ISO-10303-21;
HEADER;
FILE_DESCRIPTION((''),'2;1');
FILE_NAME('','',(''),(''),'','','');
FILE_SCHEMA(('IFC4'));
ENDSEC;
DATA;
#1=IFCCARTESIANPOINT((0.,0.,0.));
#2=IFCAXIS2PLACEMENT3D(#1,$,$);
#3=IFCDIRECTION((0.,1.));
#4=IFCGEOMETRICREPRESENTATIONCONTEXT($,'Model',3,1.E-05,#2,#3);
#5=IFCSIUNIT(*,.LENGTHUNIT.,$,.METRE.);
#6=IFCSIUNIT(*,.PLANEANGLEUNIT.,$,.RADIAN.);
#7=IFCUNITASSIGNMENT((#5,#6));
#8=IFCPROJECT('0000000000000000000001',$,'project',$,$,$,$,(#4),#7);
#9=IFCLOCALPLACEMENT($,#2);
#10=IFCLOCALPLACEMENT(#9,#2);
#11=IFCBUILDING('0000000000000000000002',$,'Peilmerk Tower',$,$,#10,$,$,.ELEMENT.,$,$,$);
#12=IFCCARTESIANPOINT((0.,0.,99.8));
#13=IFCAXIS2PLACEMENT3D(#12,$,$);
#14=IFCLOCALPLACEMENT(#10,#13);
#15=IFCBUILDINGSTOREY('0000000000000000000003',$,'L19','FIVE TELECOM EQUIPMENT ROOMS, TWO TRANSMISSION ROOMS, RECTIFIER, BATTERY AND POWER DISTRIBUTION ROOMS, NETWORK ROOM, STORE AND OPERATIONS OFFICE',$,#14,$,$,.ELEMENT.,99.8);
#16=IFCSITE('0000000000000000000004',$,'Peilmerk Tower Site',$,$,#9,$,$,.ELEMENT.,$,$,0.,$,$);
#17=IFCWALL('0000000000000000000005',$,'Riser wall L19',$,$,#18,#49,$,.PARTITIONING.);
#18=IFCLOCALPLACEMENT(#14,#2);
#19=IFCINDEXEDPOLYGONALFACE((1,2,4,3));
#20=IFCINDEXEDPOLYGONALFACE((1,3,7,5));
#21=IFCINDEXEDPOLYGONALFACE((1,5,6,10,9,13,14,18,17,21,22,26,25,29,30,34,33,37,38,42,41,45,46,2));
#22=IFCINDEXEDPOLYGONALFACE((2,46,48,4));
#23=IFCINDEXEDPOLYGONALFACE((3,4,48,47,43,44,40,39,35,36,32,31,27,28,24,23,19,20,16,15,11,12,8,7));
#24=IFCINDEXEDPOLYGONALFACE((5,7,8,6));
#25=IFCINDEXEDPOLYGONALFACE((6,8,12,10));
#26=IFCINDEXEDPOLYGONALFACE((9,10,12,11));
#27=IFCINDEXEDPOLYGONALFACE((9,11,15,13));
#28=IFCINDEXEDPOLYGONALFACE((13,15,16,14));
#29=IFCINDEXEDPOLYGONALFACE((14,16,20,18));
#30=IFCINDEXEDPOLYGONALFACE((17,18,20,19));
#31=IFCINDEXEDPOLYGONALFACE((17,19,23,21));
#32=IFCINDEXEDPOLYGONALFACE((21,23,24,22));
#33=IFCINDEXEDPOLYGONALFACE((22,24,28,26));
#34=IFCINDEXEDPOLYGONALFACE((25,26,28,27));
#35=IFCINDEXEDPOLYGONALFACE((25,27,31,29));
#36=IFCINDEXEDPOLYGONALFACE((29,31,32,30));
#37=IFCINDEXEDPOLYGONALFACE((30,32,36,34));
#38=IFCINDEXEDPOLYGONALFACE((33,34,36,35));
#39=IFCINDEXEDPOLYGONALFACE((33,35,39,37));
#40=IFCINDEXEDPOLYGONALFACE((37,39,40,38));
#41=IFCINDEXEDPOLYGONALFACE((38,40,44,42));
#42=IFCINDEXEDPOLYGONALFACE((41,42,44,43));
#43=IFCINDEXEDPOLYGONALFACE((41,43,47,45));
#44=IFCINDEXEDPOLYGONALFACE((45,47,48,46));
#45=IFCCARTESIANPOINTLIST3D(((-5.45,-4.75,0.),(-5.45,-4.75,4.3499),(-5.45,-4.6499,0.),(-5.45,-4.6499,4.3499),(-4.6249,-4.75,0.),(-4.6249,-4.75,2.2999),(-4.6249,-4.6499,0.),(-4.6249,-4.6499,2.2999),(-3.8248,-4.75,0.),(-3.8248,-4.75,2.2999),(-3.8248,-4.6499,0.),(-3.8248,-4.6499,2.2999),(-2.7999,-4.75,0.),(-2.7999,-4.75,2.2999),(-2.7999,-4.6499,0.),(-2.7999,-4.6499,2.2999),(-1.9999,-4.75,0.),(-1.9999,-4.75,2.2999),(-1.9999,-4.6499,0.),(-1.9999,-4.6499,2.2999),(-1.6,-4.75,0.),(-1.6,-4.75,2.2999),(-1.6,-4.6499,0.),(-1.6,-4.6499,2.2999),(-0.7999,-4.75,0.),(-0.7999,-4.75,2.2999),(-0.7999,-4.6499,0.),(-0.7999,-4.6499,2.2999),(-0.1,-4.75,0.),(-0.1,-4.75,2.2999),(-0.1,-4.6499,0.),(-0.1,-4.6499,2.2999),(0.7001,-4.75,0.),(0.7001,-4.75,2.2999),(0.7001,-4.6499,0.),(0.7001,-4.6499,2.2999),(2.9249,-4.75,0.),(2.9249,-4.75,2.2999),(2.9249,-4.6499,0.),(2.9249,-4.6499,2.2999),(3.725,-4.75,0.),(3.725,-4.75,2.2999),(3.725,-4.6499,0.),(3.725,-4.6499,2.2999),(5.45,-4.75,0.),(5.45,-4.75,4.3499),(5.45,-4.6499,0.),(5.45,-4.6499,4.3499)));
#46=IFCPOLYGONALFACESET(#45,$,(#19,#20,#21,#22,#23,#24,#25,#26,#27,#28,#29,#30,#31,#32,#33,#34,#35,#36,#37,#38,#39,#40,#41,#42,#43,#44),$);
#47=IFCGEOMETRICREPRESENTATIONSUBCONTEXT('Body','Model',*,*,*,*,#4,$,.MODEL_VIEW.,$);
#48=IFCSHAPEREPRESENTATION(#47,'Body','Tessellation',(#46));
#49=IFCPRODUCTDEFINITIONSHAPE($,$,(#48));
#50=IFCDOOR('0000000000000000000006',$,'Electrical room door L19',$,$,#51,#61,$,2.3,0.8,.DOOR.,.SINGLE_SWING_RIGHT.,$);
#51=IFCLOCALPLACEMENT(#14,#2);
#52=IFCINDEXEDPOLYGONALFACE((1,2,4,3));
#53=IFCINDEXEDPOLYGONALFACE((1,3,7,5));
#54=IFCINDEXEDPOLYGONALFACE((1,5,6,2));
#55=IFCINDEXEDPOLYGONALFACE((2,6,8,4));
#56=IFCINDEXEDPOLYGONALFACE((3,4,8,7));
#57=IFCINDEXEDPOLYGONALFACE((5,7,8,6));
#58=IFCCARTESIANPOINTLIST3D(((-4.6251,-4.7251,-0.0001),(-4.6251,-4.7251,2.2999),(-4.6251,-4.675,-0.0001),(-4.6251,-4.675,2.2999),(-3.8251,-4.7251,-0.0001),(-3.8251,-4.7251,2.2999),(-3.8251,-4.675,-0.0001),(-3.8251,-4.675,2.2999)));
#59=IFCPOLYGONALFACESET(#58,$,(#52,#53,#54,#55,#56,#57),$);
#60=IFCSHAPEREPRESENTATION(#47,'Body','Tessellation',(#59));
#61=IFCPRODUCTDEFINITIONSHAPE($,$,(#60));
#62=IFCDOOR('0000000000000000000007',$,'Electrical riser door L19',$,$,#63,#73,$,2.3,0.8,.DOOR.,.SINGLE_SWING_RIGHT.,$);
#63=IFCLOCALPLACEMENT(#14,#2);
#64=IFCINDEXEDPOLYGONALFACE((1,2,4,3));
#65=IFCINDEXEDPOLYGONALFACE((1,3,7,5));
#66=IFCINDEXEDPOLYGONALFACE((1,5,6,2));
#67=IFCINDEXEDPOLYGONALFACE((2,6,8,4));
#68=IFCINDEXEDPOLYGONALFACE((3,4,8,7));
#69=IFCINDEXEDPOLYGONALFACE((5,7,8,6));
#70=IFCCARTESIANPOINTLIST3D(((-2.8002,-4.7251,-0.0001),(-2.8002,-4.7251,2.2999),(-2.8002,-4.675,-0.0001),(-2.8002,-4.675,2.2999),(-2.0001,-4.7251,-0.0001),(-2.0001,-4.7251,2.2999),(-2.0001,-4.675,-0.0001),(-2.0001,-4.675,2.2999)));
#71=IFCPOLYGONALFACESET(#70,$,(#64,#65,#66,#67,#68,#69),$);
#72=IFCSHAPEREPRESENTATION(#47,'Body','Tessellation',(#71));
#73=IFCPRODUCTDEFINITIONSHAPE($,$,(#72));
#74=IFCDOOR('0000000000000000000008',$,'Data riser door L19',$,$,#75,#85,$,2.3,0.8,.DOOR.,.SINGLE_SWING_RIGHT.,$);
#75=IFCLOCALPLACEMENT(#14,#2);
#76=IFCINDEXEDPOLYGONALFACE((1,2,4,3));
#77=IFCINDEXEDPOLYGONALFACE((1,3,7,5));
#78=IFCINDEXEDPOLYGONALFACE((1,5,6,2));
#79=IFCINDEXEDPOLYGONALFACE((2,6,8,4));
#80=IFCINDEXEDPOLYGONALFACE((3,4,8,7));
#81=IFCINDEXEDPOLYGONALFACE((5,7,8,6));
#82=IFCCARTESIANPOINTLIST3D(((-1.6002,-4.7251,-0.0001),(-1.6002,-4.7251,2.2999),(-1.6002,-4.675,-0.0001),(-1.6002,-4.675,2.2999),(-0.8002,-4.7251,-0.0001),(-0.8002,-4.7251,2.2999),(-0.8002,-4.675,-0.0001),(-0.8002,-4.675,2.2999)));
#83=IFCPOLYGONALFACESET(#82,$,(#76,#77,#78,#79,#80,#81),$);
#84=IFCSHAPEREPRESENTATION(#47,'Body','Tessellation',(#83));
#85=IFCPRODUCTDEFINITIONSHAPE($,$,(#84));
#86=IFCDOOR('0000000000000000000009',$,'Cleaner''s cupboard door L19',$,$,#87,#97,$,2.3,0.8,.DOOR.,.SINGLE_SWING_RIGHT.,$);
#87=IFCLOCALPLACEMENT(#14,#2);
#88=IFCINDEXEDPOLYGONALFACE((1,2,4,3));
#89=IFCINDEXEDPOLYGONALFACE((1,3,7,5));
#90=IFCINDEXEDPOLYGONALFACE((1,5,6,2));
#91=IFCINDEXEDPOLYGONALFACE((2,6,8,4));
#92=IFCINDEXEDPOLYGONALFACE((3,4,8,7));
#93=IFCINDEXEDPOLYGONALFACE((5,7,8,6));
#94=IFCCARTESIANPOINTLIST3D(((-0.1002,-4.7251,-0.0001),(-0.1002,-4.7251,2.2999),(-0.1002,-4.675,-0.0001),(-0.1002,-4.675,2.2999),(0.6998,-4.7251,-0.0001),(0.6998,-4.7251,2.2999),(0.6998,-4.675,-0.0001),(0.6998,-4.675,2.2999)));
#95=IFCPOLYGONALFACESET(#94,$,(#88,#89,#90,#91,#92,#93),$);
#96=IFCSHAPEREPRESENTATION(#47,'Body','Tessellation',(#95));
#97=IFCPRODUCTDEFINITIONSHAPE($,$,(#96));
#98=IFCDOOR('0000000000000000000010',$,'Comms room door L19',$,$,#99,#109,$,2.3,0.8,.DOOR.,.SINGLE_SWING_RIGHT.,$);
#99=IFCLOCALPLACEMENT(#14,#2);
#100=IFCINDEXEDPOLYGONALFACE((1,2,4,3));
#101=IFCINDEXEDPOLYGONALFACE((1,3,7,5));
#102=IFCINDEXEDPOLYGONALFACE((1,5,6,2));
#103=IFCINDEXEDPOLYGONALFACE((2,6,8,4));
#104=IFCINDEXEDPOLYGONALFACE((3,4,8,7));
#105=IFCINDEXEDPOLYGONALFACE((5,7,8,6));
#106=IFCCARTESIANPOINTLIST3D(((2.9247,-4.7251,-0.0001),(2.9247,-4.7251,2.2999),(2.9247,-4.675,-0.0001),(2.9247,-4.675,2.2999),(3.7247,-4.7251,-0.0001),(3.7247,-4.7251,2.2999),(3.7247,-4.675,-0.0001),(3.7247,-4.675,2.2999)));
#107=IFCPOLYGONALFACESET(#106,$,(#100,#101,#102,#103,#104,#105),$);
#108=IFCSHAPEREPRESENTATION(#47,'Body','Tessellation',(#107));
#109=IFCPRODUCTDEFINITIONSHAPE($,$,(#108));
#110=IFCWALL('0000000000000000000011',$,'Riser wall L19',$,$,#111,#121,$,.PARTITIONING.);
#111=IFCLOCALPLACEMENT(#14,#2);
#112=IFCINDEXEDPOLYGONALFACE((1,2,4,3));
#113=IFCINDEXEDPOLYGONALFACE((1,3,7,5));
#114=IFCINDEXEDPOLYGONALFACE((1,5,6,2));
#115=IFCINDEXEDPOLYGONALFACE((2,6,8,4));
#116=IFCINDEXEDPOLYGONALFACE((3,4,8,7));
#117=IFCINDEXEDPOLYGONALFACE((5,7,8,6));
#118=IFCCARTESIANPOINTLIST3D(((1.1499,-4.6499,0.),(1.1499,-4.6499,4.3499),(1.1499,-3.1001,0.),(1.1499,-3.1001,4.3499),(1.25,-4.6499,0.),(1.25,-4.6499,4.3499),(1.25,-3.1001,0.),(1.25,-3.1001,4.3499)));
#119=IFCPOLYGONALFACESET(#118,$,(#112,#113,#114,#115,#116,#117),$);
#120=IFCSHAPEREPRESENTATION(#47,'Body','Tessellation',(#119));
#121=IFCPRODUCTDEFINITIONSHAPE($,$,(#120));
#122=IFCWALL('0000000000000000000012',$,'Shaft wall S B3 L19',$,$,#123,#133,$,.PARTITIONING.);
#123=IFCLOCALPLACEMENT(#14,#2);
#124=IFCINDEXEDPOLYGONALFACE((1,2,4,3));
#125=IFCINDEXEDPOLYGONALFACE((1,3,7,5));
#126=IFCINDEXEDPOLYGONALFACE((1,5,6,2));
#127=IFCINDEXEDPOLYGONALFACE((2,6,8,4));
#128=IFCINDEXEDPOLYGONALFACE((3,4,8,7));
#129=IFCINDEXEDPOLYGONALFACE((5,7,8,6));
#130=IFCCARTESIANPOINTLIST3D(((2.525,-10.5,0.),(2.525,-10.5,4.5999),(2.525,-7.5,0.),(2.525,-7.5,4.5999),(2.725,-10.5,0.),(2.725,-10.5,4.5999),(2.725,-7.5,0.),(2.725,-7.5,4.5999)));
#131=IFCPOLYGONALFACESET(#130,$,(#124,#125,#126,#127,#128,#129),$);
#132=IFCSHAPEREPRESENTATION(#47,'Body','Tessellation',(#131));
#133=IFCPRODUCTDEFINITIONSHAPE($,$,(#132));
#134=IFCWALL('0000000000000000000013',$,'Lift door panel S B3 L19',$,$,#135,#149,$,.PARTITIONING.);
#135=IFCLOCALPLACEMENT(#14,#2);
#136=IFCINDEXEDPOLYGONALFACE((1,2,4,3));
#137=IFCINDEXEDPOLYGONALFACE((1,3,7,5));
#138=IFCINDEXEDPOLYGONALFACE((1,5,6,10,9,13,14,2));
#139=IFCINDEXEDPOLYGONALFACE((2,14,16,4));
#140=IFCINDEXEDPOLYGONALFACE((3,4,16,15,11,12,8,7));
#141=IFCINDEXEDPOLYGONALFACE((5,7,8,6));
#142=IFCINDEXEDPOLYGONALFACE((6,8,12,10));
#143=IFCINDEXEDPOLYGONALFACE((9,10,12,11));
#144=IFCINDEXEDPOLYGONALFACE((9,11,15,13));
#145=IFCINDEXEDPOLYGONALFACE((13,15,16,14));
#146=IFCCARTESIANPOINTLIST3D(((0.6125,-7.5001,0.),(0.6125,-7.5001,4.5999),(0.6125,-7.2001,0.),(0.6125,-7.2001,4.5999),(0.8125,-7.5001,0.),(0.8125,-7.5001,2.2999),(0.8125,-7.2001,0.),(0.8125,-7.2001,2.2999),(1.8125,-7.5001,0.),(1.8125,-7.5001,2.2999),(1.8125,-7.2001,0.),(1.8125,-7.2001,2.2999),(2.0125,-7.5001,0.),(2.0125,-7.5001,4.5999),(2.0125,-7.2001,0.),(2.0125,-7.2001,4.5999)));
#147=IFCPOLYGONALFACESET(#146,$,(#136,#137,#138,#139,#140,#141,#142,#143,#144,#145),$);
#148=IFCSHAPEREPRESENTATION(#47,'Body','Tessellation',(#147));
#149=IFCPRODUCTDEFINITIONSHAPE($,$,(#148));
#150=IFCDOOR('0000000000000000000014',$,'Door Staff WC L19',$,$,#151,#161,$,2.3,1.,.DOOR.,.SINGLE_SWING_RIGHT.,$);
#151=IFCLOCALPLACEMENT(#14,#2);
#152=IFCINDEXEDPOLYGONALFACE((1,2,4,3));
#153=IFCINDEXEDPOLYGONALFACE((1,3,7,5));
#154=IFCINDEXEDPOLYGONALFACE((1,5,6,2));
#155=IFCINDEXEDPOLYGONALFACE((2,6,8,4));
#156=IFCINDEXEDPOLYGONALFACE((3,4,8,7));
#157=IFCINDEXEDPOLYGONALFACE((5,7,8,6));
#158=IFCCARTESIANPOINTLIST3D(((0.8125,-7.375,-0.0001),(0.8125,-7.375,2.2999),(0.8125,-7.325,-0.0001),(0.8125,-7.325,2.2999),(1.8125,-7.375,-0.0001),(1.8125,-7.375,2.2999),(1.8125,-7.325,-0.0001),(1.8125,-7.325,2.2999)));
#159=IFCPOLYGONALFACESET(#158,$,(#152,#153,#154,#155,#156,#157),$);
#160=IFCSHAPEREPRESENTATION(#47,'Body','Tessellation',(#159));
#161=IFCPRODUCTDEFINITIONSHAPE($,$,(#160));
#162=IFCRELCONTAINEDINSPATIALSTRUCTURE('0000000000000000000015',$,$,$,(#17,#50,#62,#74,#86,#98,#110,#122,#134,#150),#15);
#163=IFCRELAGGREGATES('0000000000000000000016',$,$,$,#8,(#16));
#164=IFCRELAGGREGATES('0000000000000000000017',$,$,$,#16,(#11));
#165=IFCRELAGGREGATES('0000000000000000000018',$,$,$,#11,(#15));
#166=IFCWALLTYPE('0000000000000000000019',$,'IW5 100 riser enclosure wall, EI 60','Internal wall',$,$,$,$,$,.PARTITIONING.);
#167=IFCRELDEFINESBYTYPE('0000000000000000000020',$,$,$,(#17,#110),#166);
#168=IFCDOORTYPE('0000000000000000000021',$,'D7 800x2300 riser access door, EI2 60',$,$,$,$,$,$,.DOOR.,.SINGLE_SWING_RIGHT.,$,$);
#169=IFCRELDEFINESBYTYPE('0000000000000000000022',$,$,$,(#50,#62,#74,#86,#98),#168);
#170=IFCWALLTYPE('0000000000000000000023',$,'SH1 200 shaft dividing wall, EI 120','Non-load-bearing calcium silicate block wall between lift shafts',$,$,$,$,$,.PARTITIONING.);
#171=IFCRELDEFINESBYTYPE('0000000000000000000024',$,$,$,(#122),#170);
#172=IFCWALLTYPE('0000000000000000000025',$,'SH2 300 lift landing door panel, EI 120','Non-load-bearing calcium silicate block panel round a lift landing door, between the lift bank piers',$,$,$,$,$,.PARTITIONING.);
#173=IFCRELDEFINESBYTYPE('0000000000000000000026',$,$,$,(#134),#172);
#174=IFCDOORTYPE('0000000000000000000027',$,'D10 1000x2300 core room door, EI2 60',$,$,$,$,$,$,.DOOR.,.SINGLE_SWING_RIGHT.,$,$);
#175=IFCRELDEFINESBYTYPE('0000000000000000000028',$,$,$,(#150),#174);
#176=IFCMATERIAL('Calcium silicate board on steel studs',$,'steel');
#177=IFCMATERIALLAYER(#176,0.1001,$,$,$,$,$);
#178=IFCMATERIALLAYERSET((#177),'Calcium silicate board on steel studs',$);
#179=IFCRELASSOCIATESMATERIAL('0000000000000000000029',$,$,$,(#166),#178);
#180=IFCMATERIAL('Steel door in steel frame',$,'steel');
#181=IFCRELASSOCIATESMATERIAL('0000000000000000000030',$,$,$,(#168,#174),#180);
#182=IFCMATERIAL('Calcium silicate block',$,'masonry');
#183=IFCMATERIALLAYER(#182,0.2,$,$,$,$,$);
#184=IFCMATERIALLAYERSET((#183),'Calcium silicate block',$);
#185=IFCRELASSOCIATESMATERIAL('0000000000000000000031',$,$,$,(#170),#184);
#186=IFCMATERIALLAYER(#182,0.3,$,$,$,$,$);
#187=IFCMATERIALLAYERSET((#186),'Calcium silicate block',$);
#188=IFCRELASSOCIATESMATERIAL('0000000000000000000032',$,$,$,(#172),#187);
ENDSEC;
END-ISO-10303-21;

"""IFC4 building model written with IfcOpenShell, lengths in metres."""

from ifc_helpers import new_model, si_unit, direction, frame, frame_2d, origin, place, context, subcontext, project, spatial, rectangle, extrude, material, layer, layer_set, type_object, element, fill, save


model = new_model("IFC4")

# Units and contexts
model_context = context("Model", 3, precision=1e-05, world=origin(), true_north=direction((0.0, 1.0)))
body_context = subcontext(model_context, "Body", "Model", "MODEL_VIEW")
ifc_project = project(units=[si_unit("LENGTHUNIT", "METRE"), si_unit("PLANEANGLEUNIT", "RADIAN")], contexts=[model_context])

# Site, building, storey
site_placement = place(None, origin())
site = spatial("IfcSite", under=ifc_project, at=site_placement, Name="Peilmerk Tower Site", CompositionType="ELEMENT", RefElevation=0.0)
building_placement = place(site_placement, origin())
building = spatial("IfcBuilding", under=site, at=building_placement, Name="Peilmerk Tower", CompositionType="ELEMENT")
storey_placement = place(building_placement, frame((0.0, 0.0, 99.8)))
storey = spatial("IfcBuildingStorey", under=building, at=storey_placement, Name="L19", Description="FIVE TELECOM EQUIPMENT ROOMS, TWO TRANSMISSION ROOMS, RECTIFIER, BATTERY AND POWER DISTRIBUTION ROOMS, NETWORK ROOM, STORE AND OPERATIONS OFFICE", CompositionType="ELEMENT", Elevation=99.8)

# Shared definitions
ifc_material_1 = material(Name="Calcium silicate board on steel studs", Category="steel")
ifc_layer_1 = layer(ifc_material_1, 0.1001)
ifc_layer_set_1 = layer_set([ifc_layer_1], Name="Calcium silicate board on steel studs")
wall_type_1 = type_object("IfcWallType", Name="IW5 100 riser enclosure wall, EI 60", Description="Internal wall", PredefinedType="PARTITIONING", material=ifc_layer_set_1)

# Wall, openings, doors
wall_1_placement = place(storey_placement, frame((5.45, -4.7, 0.0), z_axis=(0.0, 0.0, 1.0), x_axis=(-1.0, 0.0, 0.0)))
wall_1 = element("IfcWall", 1, at=wall_1_placement, inside=storey, type_object=wall_type_1, Name="Riser wall L19", PredefinedType="PARTITIONING", context=body_context, shape_type="SweptSolid", body=[
    extrude(rectangle(XDim=10.8999, YDim=0.1001, at=frame_2d((5.45, 0.0))), origin(), (0.0, 0.0, 1.0), 4.3499),
])
opening_1_placement = place(wall_1_placement, frame((9.2749, 0.0, 0.0)))
opening_1 = element("IfcOpeningElement", 2, at=opening_1_placement, cuts=wall_1, PredefinedType="OPENING", context=body_context, shape_type="SweptSolid", body=[
    extrude(rectangle(XDim=0.8, YDim=2.3, at=frame_2d((0.3999, 1.1499))), frame((0.0, 0.0601, 0.0), z_axis=(0.0, -1.0, 0.0), x_axis=(1.0, 0.0, 0.0)), (0.0, 0.0, 1.0), 0.1201),
])
opening_2_placement = place(wall_1_placement, frame((7.45, 0.0, 0.0)))
opening_2 = element("IfcOpeningElement", 3, at=opening_2_placement, cuts=wall_1, PredefinedType="OPENING", context=body_context, shape_type="SweptSolid", body=[
    extrude(rectangle(XDim=0.8, YDim=2.3, at=frame_2d((0.3999, 1.1499))), frame((0.0, 0.0601, 0.0), z_axis=(0.0, -1.0, 0.0), x_axis=(1.0, 0.0, 0.0)), (0.0, 0.0, 1.0), 0.1201),
])
opening_3_placement = place(wall_1_placement, frame((6.25, 0.0, 0.0)))
opening_3 = element("IfcOpeningElement", 4, at=opening_3_placement, cuts=wall_1, PredefinedType="OPENING", context=body_context, shape_type="SweptSolid", body=[
    extrude(rectangle(XDim=0.8, YDim=2.3, at=frame_2d((0.3999, 1.1499))), frame((0.0, 0.0601, 0.0), z_axis=(0.0, -1.0, 0.0), x_axis=(1.0, 0.0, 0.0)), (0.0, 0.0, 1.0), 0.1201),
])
opening_4_placement = place(wall_1_placement, frame((4.75, 0.0, 0.0)))
opening_4 = element("IfcOpeningElement", 5, at=opening_4_placement, cuts=wall_1, PredefinedType="OPENING", context=body_context, shape_type="SweptSolid", body=[
    extrude(rectangle(XDim=0.8, YDim=2.3, at=frame_2d((0.3999, 1.1499))), frame((0.0, 0.0601, 0.0), z_axis=(0.0, -1.0, 0.0), x_axis=(1.0, 0.0, 0.0)), (0.0, 0.0, 1.0), 0.1201),
])
opening_5_placement = place(wall_1_placement, frame((1.7251, 0.0, 0.0)))
opening_5 = element("IfcOpeningElement", 6, at=opening_5_placement, cuts=wall_1, PredefinedType="OPENING", context=body_context, shape_type="SweptSolid", body=[
    extrude(rectangle(XDim=0.8, YDim=2.3, at=frame_2d((0.3999, 1.1499))), frame((0.0, 0.0601, 0.0), z_axis=(0.0, -1.0, 0.0), x_axis=(1.0, 0.0, 0.0)), (0.0, 0.0, 1.0), 0.1201),
])
ifc_material_2 = material(Name="Steel door in steel frame", Category="steel")
door_type_1 = type_object("IfcDoorType", Name="D7 800x2300 riser access door, EI2 60", OperationType="SINGLE_SWING_RIGHT", PredefinedType="DOOR", material=ifc_material_2)
door_1_placement = place(opening_1_placement, frame((0.8, 0.0, 0.0), z_axis=(0.0, 0.0, 1.0), x_axis=(-1.0, 0.0, 0.0)))
door_1 = element("IfcDoor", 7, at=door_1_placement, inside=storey, type_object=door_type_1, Name="Electrical room door L19", OperationType="SINGLE_SWING_RIGHT", OverallHeight=2.3, OverallWidth=0.8, PredefinedType="DOOR", context=body_context, shape_type="SweptSolid", body=[
    extrude(rectangle(XDim=0.8, YDim=2.3, at=frame_2d((0.3999, 1.1499))), frame((0.0, 0.0249, 0.0), z_axis=(0.0, -1.0, 0.0), x_axis=(1.0, 0.0, 0.0)), (0.0, 0.0, 1.0), 0.05),
])
fill(opening_1, door_1)
door_2_placement = place(opening_2_placement, frame((0.8, 0.0, 0.0), z_axis=(0.0, 0.0, 1.0), x_axis=(-1.0, 0.0, 0.0)))
door_2 = element("IfcDoor", 8, at=door_2_placement, inside=storey, type_object=door_type_1, Name="Electrical riser door L19", OperationType="SINGLE_SWING_RIGHT", OverallHeight=2.3, OverallWidth=0.8, PredefinedType="DOOR", context=body_context, shape_type="SweptSolid", body=[
    extrude(rectangle(XDim=0.8, YDim=2.3, at=frame_2d((0.3999, 1.1499))), frame((0.0, 0.0249, 0.0), z_axis=(0.0, -1.0, 0.0), x_axis=(1.0, 0.0, 0.0)), (0.0, 0.0, 1.0), 0.05),
])
fill(opening_2, door_2)
door_3_placement = place(opening_3_placement, frame((0.8, 0.0, 0.0), z_axis=(0.0, 0.0, 1.0), x_axis=(-1.0, 0.0, 0.0)))
door_3 = element("IfcDoor", 9, at=door_3_placement, inside=storey, type_object=door_type_1, Name="Data riser door L19", OperationType="SINGLE_SWING_RIGHT", OverallHeight=2.3, OverallWidth=0.8, PredefinedType="DOOR", context=body_context, shape_type="SweptSolid", body=[
    extrude(rectangle(XDim=0.8, YDim=2.3, at=frame_2d((0.3999, 1.1499))), frame((0.0, 0.0249, 0.0), z_axis=(0.0, -1.0, 0.0), x_axis=(1.0, 0.0, 0.0)), (0.0, 0.0, 1.0), 0.05),
])
fill(opening_3, door_3)
door_4_placement = place(opening_4_placement, frame((0.8, 0.0, 0.0), z_axis=(0.0, 0.0, 1.0), x_axis=(-1.0, 0.0, 0.0)))
door_4 = element("IfcDoor", 10, at=door_4_placement, inside=storey, type_object=door_type_1, Name="Cleaner's cupboard door L19", OperationType="SINGLE_SWING_RIGHT", OverallHeight=2.3, OverallWidth=0.8, PredefinedType="DOOR", context=body_context, shape_type="SweptSolid", body=[
    extrude(rectangle(XDim=0.8, YDim=2.3, at=frame_2d((0.3999, 1.1499))), frame((0.0, 0.0249, 0.0), z_axis=(0.0, -1.0, 0.0), x_axis=(1.0, 0.0, 0.0)), (0.0, 0.0, 1.0), 0.05),
])
fill(opening_4, door_4)
door_5_placement = place(opening_5_placement, frame((0.8, 0.0, 0.0), z_axis=(0.0, 0.0, 1.0), x_axis=(-1.0, 0.0, 0.0)))
door_5 = element("IfcDoor", 11, at=door_5_placement, inside=storey, type_object=door_type_1, Name="Comms room door L19", OperationType="SINGLE_SWING_RIGHT", OverallHeight=2.3, OverallWidth=0.8, PredefinedType="DOOR", context=body_context, shape_type="SweptSolid", body=[
    extrude(rectangle(XDim=0.8, YDim=2.3, at=frame_2d((0.3999, 1.1499))), frame((0.0, 0.0249, 0.0), z_axis=(0.0, -1.0, 0.0), x_axis=(1.0, 0.0, 0.0)), (0.0, 0.0, 1.0), 0.05),
])
fill(opening_5, door_5)

# Walls
wall_2_placement = place(storey_placement, frame((1.2, -3.1001, 0.0), z_axis=(0.0, 0.0, 1.0), x_axis=(0.0, -1.0, 0.0)))
element("IfcWall", 12, at=wall_2_placement, inside=storey, type_object=wall_type_1, Name="Riser wall L19", PredefinedType="PARTITIONING", context=body_context, shape_type="SweptSolid", body=[
    extrude(rectangle(XDim=1.5498, YDim=0.1001, at=frame_2d((0.7749, 0.0))), origin(), (0.0, 0.0, 1.0), 4.3499),
])
ifc_material_3 = material(Name="Calcium silicate block", Category="masonry")
ifc_layer_2 = layer(ifc_material_3, 0.2)
ifc_layer_set_2 = layer_set([ifc_layer_2], Name="Calcium silicate block")
wall_type_2 = type_object("IfcWallType", Name="SH1 200 shaft dividing wall, EI 120", Description="Non-load-bearing calcium silicate block wall between lift shafts", PredefinedType="PARTITIONING", material=ifc_layer_set_2)
wall_3_placement = place(storey_placement, frame((2.625, -10.5, 0.0), z_axis=(0.0, 0.0, 1.0), x_axis=(0.0, 1.0, 0.0)))
element("IfcWall", 13, at=wall_3_placement, inside=storey, type_object=wall_type_2, Name="Shaft wall S B3 L19", PredefinedType="PARTITIONING", context=body_context, shape_type="SweptSolid", body=[
    extrude(rectangle(XDim=3.0, YDim=0.2, at=frame_2d((1.5, 0.0))), origin(), (0.0, 0.0, 1.0), 4.5999),
])

# Wall, opening, door
ifc_layer_3 = layer(ifc_material_3, 0.3)
ifc_layer_set_3 = layer_set([ifc_layer_3], Name="Calcium silicate block")
wall_type_3 = type_object("IfcWallType", Name="SH2 300 lift landing door panel, EI 120", Description="Non-load-bearing calcium silicate block panel round a lift landing door, between the lift bank piers", PredefinedType="PARTITIONING", material=ifc_layer_set_3)
wall_4_placement = place(storey_placement, frame((0.6125, -7.3501, 0.0), z_axis=(0.0, 0.0, 1.0), x_axis=(1.0, 0.0, 0.0)))
wall_4 = element("IfcWall", 14, at=wall_4_placement, inside=storey, type_object=wall_type_3, Name="Lift door panel S B3 L19", PredefinedType="PARTITIONING", context=body_context, shape_type="SweptSolid", body=[
    extrude(rectangle(XDim=1.3999, YDim=0.3, at=frame_2d((0.7, 0.0))), origin(), (0.0, 0.0, 1.0), 4.5999),
])
opening_6_placement = place(wall_4_placement, frame((0.2, 0.0, 0.0)))
opening_6 = element("IfcOpeningElement", 15, at=opening_6_placement, cuts=wall_4, PredefinedType="OPENING", context=body_context, shape_type="SweptSolid", body=[
    extrude(rectangle(XDim=1.0, YDim=2.3, at=frame_2d((0.5, 1.1499))), frame((0.0, 0.1599, 0.0), z_axis=(0.0, -1.0, 0.0), x_axis=(1.0, 0.0, 0.0)), (0.0, 0.0, 1.0), 0.3201),
])
door_type_2 = type_object("IfcDoorType", Name="D10 1000x2300 core room door, EI2 60", OperationType="SINGLE_SWING_RIGHT", PredefinedType="DOOR", material=ifc_material_2)
door_6_placement = place(opening_6_placement, frame((1.0, 0.0, 0.0), z_axis=(0.0, 0.0, 1.0), x_axis=(-1.0, 0.0, 0.0)))
door_6 = element("IfcDoor", 16, at=door_6_placement, inside=storey, type_object=door_type_2, Name="Door Staff WC L19", OperationType="SINGLE_SWING_RIGHT", OverallHeight=2.3, OverallWidth=1.0, PredefinedType="DOOR", context=body_context, shape_type="SweptSolid", body=[
    extrude(rectangle(XDim=1.0, YDim=2.3, at=frame_2d((0.5, 1.1499))), frame((0.0, 0.0249, 0.0), z_axis=(0.0, -1.0, 0.0), x_axis=(1.0, 0.0, 0.0)), (0.0, 0.0, 1.0), 0.05),
])
fill(opening_6, door_6)

save(model, "model.ifc")
